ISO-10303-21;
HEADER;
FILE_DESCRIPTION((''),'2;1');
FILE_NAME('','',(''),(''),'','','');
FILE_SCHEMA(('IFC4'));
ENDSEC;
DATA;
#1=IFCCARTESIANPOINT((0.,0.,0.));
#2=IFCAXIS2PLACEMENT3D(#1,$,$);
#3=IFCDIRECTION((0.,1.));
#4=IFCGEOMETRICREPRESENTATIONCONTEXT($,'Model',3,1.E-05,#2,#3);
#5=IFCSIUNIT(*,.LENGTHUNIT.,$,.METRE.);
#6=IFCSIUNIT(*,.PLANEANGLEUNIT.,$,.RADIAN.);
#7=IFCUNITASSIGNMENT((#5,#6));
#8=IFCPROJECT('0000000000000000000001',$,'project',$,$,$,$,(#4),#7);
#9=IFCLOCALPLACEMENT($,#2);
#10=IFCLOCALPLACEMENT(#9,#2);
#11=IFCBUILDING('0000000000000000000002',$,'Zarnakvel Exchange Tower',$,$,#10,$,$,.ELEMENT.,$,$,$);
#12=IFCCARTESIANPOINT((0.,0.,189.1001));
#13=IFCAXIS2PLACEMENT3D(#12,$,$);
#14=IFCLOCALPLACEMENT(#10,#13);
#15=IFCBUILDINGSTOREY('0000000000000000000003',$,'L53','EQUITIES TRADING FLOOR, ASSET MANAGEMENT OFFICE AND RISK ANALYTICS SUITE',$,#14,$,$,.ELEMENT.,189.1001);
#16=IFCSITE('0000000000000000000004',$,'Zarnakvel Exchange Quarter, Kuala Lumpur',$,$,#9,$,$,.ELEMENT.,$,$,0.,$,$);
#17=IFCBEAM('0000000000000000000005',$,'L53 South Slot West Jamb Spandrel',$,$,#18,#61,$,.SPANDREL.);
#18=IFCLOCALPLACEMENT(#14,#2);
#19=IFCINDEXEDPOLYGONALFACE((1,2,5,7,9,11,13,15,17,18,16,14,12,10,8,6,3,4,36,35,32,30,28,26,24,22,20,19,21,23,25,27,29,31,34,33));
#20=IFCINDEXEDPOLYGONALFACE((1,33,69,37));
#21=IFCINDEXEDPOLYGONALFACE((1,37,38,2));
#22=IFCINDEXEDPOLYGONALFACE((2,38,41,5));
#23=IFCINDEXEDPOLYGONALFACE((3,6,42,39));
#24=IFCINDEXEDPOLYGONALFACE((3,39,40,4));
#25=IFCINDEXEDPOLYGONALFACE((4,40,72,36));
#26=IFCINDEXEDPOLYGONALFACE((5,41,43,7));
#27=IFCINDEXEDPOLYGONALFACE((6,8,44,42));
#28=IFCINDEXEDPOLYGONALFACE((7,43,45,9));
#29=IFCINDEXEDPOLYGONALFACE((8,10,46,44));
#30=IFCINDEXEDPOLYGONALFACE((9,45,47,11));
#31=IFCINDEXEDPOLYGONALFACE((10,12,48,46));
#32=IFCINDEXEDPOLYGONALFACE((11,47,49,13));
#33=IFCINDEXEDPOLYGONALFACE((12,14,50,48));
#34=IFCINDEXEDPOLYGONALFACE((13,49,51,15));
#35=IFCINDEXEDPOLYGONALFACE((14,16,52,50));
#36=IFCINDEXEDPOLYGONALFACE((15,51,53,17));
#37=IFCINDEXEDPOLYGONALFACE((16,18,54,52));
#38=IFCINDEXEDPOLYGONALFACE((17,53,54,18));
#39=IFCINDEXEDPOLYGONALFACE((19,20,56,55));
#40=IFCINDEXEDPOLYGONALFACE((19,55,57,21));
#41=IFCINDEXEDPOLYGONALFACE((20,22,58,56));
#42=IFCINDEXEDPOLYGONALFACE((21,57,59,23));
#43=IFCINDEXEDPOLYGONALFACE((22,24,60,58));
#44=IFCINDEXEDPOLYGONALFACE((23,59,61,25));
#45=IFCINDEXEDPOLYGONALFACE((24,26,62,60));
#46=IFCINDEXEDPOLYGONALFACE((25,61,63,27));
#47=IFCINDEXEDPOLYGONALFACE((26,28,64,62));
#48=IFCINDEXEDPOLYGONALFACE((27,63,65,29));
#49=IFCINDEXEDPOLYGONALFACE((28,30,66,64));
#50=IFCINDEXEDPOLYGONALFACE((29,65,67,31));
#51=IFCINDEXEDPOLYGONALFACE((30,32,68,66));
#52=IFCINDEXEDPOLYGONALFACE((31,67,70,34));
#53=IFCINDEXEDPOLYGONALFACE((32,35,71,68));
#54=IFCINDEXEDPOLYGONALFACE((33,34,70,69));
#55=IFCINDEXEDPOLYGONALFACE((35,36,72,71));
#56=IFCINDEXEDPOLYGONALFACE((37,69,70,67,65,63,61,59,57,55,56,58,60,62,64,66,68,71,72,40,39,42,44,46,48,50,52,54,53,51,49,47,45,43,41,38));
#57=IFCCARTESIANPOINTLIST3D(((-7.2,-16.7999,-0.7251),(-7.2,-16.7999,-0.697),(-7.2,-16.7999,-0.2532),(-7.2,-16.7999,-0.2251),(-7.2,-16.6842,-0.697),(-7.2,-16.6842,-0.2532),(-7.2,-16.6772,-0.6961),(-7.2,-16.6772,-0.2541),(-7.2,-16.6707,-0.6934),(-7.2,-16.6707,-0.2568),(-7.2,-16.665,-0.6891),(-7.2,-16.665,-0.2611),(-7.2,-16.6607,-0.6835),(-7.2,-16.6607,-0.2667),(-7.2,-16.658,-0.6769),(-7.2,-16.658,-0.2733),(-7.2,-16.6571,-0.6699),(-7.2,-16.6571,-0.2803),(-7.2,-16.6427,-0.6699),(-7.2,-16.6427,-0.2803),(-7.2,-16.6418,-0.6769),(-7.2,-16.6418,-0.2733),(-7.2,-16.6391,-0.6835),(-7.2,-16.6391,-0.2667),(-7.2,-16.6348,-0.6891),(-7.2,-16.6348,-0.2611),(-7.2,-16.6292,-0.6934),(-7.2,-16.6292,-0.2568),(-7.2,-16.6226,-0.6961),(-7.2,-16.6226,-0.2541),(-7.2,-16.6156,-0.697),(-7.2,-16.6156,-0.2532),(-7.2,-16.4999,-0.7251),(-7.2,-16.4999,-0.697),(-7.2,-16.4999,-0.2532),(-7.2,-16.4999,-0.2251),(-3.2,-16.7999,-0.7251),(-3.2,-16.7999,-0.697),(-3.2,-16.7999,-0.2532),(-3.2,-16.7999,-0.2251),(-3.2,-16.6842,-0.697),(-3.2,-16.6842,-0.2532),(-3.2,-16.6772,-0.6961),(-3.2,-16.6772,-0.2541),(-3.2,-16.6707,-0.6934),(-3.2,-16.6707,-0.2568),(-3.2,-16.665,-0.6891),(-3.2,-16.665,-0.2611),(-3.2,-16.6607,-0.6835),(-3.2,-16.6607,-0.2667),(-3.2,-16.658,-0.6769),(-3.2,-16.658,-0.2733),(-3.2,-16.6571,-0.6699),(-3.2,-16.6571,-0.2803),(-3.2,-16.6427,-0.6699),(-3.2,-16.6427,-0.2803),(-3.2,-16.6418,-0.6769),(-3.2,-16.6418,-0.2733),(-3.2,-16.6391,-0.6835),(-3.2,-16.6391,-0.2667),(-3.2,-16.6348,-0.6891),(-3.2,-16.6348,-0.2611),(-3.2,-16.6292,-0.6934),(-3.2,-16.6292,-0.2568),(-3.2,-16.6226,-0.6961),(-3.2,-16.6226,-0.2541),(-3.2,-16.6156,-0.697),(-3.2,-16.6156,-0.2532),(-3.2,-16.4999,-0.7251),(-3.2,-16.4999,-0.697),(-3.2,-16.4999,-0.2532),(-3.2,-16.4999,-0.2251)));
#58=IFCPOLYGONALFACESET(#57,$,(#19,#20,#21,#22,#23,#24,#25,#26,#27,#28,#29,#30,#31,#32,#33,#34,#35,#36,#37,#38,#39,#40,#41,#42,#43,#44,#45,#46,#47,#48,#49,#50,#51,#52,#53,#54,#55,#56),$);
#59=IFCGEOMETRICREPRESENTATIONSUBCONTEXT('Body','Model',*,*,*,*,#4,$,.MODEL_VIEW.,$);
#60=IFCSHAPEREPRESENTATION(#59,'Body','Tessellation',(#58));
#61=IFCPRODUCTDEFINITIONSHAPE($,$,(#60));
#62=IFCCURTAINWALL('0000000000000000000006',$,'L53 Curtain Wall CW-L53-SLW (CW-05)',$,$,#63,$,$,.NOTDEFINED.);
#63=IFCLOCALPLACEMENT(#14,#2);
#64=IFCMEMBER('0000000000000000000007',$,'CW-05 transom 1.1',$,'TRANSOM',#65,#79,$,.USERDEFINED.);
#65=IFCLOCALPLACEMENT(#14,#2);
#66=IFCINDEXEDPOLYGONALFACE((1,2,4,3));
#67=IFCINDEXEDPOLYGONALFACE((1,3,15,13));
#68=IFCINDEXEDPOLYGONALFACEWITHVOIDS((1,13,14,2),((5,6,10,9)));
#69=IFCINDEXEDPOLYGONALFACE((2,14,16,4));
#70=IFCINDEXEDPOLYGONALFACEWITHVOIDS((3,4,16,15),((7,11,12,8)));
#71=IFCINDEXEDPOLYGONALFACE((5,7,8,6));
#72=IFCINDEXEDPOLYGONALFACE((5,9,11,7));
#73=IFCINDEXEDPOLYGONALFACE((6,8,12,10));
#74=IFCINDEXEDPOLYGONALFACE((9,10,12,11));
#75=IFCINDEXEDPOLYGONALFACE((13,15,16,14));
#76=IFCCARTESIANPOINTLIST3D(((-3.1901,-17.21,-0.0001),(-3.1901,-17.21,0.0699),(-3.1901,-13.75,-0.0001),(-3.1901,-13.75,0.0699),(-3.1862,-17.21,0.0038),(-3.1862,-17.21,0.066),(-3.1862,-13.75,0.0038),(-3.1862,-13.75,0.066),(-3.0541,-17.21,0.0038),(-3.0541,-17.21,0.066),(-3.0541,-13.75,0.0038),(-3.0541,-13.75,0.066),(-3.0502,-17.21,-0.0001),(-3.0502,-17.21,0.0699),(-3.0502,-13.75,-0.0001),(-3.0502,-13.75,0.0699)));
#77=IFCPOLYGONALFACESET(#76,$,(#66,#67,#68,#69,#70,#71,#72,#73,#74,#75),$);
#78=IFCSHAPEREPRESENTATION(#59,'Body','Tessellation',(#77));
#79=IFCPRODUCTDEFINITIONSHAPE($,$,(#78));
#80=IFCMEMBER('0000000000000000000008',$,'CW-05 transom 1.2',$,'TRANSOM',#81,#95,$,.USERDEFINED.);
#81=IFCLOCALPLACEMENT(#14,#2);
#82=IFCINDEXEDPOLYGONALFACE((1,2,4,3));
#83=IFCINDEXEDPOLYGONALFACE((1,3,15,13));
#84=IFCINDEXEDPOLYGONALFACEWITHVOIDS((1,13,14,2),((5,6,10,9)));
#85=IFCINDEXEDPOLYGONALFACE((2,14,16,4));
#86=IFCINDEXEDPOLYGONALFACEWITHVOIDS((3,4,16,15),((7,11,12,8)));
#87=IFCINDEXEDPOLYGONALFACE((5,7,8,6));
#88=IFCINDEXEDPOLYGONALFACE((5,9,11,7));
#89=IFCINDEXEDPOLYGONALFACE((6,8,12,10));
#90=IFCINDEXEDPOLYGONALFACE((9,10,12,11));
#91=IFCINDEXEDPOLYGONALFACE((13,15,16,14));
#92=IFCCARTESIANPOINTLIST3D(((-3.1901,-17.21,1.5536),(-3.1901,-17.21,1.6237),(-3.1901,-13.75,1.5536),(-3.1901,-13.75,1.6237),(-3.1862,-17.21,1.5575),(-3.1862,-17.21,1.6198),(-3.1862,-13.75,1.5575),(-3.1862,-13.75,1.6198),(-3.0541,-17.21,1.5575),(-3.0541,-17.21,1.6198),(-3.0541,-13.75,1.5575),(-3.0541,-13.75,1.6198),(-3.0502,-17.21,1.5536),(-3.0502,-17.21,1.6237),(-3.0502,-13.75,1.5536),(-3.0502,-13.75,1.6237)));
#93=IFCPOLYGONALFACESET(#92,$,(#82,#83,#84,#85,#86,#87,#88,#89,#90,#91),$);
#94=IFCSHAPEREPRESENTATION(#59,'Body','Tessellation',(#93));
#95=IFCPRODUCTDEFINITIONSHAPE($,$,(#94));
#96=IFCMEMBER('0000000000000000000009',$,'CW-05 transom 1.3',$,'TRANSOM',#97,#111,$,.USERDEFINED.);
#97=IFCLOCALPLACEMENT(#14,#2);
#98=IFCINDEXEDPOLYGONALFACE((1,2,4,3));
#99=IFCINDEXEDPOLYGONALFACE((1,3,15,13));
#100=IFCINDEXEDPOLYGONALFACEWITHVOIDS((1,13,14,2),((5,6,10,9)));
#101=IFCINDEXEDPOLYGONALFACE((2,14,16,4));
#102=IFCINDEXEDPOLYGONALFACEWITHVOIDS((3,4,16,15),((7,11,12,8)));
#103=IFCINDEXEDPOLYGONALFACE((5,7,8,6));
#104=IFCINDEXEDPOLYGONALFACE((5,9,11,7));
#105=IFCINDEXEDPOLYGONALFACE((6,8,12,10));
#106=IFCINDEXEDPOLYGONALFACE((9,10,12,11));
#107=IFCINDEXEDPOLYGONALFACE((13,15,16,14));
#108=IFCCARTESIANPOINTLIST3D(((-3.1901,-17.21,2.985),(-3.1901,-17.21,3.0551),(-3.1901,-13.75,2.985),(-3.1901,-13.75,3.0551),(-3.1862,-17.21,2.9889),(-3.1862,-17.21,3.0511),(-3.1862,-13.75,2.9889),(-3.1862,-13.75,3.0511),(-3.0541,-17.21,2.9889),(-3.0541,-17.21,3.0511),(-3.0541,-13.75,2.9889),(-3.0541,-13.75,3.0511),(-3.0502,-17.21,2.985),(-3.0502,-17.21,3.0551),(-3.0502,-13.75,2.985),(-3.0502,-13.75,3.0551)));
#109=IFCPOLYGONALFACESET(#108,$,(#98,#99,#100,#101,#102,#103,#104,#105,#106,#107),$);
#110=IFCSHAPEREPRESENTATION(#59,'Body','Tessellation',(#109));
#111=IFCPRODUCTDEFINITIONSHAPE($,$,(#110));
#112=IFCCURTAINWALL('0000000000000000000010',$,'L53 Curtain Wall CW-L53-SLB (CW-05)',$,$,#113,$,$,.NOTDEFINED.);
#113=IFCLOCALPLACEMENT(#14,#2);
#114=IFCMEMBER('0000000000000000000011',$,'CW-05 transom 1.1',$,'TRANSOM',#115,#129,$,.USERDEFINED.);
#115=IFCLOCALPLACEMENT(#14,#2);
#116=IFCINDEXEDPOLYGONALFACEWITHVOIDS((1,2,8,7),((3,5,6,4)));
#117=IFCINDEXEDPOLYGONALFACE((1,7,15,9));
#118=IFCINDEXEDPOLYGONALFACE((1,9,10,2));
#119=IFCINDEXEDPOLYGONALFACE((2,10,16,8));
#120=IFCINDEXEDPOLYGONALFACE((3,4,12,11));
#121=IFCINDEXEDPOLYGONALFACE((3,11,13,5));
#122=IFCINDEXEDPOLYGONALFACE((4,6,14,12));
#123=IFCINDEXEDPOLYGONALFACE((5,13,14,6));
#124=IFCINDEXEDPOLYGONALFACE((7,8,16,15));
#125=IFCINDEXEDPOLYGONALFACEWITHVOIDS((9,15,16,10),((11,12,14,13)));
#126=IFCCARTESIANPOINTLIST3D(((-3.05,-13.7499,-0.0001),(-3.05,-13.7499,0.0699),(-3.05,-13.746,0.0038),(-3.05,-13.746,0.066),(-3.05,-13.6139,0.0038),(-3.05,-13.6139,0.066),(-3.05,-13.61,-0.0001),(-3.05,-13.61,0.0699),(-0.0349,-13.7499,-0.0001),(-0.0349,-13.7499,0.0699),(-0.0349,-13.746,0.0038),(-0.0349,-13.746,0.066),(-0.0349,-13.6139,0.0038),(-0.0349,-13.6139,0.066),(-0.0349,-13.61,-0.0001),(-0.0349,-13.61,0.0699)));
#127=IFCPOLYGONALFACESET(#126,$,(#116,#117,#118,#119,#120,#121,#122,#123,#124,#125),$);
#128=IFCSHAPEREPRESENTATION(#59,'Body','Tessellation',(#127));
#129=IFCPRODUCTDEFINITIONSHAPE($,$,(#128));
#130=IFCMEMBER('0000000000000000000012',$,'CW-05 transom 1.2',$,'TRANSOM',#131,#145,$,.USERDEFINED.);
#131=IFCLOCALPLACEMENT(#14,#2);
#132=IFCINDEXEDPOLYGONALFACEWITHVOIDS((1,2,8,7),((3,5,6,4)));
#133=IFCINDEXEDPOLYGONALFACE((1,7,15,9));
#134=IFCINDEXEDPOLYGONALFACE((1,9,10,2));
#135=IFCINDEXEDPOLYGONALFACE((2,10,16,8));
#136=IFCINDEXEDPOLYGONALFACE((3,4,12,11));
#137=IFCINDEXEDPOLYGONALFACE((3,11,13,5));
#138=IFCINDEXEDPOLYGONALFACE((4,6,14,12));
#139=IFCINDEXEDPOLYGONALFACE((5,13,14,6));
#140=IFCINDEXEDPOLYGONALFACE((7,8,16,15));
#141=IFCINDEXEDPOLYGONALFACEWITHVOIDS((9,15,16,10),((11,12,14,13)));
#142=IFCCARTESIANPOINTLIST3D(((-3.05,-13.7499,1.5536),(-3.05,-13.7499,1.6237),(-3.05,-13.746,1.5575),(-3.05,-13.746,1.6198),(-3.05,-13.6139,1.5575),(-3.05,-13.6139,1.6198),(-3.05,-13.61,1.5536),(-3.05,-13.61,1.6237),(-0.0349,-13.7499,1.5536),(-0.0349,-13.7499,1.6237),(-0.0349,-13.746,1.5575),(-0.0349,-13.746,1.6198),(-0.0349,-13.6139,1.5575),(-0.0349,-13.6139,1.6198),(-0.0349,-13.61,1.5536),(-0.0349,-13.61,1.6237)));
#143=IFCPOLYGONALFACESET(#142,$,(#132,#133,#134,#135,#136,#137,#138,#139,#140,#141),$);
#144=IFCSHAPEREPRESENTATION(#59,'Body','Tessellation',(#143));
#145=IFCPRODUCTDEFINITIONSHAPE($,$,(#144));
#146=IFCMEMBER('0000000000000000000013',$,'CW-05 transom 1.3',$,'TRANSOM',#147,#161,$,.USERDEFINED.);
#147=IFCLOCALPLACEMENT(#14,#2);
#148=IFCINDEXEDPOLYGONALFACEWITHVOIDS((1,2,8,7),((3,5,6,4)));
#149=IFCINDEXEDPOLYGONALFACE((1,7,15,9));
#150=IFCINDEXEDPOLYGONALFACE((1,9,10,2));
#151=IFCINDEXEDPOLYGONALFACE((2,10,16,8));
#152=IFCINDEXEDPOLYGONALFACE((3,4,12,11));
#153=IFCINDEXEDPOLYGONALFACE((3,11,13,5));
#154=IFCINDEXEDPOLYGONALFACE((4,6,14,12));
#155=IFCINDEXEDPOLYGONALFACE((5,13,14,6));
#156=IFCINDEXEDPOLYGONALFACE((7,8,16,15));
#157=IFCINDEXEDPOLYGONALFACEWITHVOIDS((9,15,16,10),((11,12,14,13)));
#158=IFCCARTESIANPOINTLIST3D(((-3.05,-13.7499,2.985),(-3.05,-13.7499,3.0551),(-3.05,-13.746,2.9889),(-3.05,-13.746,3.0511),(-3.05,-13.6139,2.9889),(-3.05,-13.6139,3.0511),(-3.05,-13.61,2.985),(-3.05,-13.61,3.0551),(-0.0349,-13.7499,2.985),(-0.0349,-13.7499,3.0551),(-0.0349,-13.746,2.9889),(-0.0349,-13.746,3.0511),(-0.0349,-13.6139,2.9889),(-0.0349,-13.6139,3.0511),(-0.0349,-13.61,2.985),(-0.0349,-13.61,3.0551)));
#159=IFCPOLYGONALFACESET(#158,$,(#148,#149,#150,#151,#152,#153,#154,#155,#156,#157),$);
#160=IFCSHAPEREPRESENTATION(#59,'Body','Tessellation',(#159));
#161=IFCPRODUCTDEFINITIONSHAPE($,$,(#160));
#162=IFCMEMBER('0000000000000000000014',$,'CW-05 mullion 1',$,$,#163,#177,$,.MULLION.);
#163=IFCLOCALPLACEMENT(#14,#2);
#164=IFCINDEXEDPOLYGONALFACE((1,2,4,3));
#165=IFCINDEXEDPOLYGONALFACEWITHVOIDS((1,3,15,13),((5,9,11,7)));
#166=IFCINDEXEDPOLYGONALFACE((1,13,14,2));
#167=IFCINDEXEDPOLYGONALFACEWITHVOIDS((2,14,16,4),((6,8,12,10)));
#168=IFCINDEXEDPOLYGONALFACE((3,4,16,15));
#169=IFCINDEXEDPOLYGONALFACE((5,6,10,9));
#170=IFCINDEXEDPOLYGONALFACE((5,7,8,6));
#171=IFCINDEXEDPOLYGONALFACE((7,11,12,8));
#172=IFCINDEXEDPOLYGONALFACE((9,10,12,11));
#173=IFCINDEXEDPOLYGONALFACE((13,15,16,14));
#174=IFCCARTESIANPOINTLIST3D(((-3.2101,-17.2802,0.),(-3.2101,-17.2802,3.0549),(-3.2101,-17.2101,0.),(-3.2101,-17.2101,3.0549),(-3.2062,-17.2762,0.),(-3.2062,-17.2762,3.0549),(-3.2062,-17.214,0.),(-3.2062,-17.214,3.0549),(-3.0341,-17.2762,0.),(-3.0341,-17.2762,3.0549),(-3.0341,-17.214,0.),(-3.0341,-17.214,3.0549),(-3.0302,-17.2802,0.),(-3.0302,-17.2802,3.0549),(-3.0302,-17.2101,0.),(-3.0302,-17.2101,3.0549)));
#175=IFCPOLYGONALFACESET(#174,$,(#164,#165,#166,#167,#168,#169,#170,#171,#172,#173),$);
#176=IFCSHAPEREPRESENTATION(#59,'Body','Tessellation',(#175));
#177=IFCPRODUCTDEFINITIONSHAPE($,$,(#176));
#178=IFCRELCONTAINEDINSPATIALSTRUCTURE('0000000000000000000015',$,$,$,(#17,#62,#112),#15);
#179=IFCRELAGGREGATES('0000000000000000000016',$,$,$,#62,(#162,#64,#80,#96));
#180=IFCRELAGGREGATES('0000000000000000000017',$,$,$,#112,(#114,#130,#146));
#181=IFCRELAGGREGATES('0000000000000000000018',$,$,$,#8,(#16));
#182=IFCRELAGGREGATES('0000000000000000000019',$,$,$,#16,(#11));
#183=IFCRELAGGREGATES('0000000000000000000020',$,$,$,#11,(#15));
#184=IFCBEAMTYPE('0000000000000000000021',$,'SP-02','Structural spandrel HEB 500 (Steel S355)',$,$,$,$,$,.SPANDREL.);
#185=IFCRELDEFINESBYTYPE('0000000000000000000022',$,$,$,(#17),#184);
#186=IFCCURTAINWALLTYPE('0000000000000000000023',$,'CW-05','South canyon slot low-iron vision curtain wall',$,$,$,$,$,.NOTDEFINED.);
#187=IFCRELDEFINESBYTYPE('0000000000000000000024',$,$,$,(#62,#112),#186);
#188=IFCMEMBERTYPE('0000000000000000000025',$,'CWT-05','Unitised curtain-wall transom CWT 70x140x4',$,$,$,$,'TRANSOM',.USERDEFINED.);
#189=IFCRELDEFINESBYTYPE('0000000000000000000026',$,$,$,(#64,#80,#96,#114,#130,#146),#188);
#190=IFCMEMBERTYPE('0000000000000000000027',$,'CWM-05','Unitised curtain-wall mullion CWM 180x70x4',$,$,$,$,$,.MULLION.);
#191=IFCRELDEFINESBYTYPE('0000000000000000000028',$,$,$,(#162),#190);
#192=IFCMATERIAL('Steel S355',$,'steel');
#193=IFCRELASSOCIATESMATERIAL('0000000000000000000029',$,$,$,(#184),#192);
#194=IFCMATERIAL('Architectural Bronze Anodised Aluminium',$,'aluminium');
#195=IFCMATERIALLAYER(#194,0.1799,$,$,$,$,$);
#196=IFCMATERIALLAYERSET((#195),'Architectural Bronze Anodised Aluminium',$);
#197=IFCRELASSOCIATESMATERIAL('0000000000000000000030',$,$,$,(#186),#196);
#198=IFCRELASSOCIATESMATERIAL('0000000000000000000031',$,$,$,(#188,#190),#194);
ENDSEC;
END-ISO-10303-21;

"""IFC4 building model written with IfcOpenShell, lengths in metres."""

from ifc_helpers import new_model, si_unit, direction, frame, origin, origin_2d, place, context, subcontext, project, spatial, hollow_rectangle, i_section, extrude, source, transform, mapped, material, layer, layer_set, material_profile, profile_set, type_object, element, aggregate, save


model = new_model("IFC4")

# Units and contexts
model_context = context("Model", 3, precision=1e-05, world=origin(), true_north=direction((0.0, 1.0)))
body_context = subcontext(model_context, "Body", "Model", "MODEL_VIEW")
ifc_project = project(units=[si_unit("LENGTHUNIT", "METRE"), si_unit("PLANEANGLEUNIT", "RADIAN")], contexts=[model_context])

# Site, building, storey
site_placement = place(None, origin())
site = spatial("IfcSite", under=ifc_project, at=site_placement, Name="Zarnakvel Exchange Quarter, Kuala Lumpur", CompositionType="ELEMENT", RefElevation=0.0)
building_placement = place(site_placement, origin())
building = spatial("IfcBuilding", under=site, at=building_placement, Name="Zarnakvel Exchange Tower", CompositionType="ELEMENT")
storey_placement = place(building_placement, frame((0.0, 0.0, 189.1001)))
storey = spatial("IfcBuildingStorey", under=building, at=storey_placement, Name="L53", Description="EQUITIES TRADING FLOOR, ASSET MANAGEMENT OFFICE AND RISK ANALYTICS SUITE", CompositionType="ELEMENT", Elevation=189.1001)

# Beam
ifc_material_1 = material(Name="Steel S355", Category="steel")
ifc_material_profile_1 = material_profile(ifc_material_1, i_section(OverallWidth=0.3, OverallDepth=0.5, WebThickness=0.0144, FlangeThickness=0.0281, FilletRadius=0.0271, at=origin_2d()))
ifc_profile_set_1 = profile_set([ifc_material_profile_1], Name="Steel S355")
beam_type_1 = type_object("IfcBeamType", Name="SP-02", Description="Structural spandrel HEB 500 (Steel S355)", PredefinedType="SPANDREL", material=ifc_profile_set_1)
beam_1_placement = place(storey_placement, frame((-7.2, -16.6499, -0.4751), z_axis=(1.0, 0.0, 0.0), x_axis=(0.0, 1.0, 0.0)))
element("IfcBeam", 1, at=beam_1_placement, inside=storey, type_object=beam_type_1, Name="L53 South Slot West Jamb Spandrel", PredefinedType="SPANDREL", context=body_context, shape_type="SweptSolid", body=[
    extrude(i_section(OverallWidth=0.3, OverallDepth=0.5, WebThickness=0.0144, FlangeThickness=0.0281, FilletRadius=0.0271, at=origin_2d()), origin(), (0.0, 0.0, 1.0), 4.0),
])

# Curtain walls, members
ifc_material_2 = material(Name="Architectural Bronze Anodised Aluminium", Category="aluminium")
ifc_layer_1 = layer(ifc_material_2, 0.1799)
ifc_layer_set_1 = layer_set([ifc_layer_1], Name="Architectural Bronze Anodised Aluminium")
curtain_wall_type = type_object("IfcCurtainWallType", Name="CW-05", Description="South canyon slot low-iron vision curtain wall", PredefinedType="NOTDEFINED", material=ifc_layer_set_1)
curtain_wall_1_placement = place(storey_placement, origin())
curtain_wall_1 = element("IfcCurtainWall", 2, at=curtain_wall_1_placement, inside=storey, type_object=curtain_wall_type, Name="L53 Curtain Wall CW-L53-SLW (CW-05)", PredefinedType="NOTDEFINED")
ifc_material_profile_2 = material_profile(ifc_material_2, hollow_rectangle(XDim=0.1399, YDim=0.0701, WallThickness=0.0039, at=origin_2d()))
ifc_profile_set_2 = profile_set([ifc_material_profile_2], Name="Architectural Bronze Anodised Aluminium")
member_type_1 = type_object("IfcMemberType", Name="CWT-05", Description="Unitised curtain-wall transom CWT 70x140x4", ElementType="TRANSOM", PredefinedType="USERDEFINED", material=ifc_profile_set_2)
shared_shape_1 = source(origin(), body_context, "Body", "SweptSolid", [
    extrude(hollow_rectangle(XDim=0.1399, YDim=0.0701, WallThickness=0.0039, at=origin_2d()), origin(), (0.0, 0.0, 1.0), 3.46),
])
member_1_placement = place(storey_placement, frame((-3.1201, -17.21, 0.0349), z_axis=(0.0, 1.0, 0.0), x_axis=(-1.0, 0.0, 0.0)))
member_1 = element("IfcMember", 3, at=member_1_placement, type_object=member_type_1, Name="CW-05 transom 1.1", ObjectType="TRANSOM", PredefinedType="USERDEFINED", context=body_context, shape_type="MappedRepresentation", body=[
    mapped(shared_shape_1, transform((0.0, 0.0, 0.0), x_axis=(1.0, 0.0, 0.0), y_axis=(0.0, 1.0, 0.0), z_axis=(0.0, 0.0, 1.0), scale=1.0)),
])
member_2_placement = place(storey_placement, frame((-3.1201, -17.21, 1.5886), z_axis=(0.0, 1.0, 0.0), x_axis=(-1.0, 0.0, 0.0)))
member_2 = element("IfcMember", 4, at=member_2_placement, type_object=member_type_1, Name="CW-05 transom 1.2", ObjectType="TRANSOM", PredefinedType="USERDEFINED", context=body_context, shape_type="MappedRepresentation", body=[
    mapped(shared_shape_1, transform((0.0, 0.0, 0.0), x_axis=(1.0, 0.0, 0.0), y_axis=(0.0, 1.0, 0.0), z_axis=(0.0, 0.0, 1.0), scale=1.0)),
])
member_3_placement = place(storey_placement, frame((-3.1201, -17.21, 3.02), z_axis=(0.0, 1.0, 0.0), x_axis=(-1.0, 0.0, 0.0)))
member_3 = element("IfcMember", 5, at=member_3_placement, type_object=member_type_1, Name="CW-05 transom 1.3", ObjectType="TRANSOM", PredefinedType="USERDEFINED", context=body_context, shape_type="MappedRepresentation", body=[
    mapped(shared_shape_1, transform((0.0, 0.0, 0.0), x_axis=(1.0, 0.0, 0.0), y_axis=(0.0, 1.0, 0.0), z_axis=(0.0, 0.0, 1.0), scale=1.0)),
])
curtain_wall_2_placement = place(storey_placement, origin())
curtain_wall_2 = element("IfcCurtainWall", 6, at=curtain_wall_2_placement, inside=storey, type_object=curtain_wall_type, Name="L53 Curtain Wall CW-L53-SLB (CW-05)", PredefinedType="NOTDEFINED")
shared_shape_2 = source(origin(), body_context, "Body", "SweptSolid", [
    extrude(hollow_rectangle(XDim=0.1399, YDim=0.0701, WallThickness=0.0039, at=origin_2d()), origin(), (0.0, 0.0, 1.0), 3.0151),
])
member_4_placement = place(storey_placement, frame((-3.05, -13.6799, 0.0349), z_axis=(1.0, 0.0, 0.0), x_axis=(0.0, 1.0, 0.0)))
member_4 = element("IfcMember", 7, at=member_4_placement, type_object=member_type_1, Name="CW-05 transom 1.1", ObjectType="TRANSOM", PredefinedType="USERDEFINED", context=body_context, shape_type="MappedRepresentation", body=[
    mapped(shared_shape_2, transform((0.0, 0.0, 0.0), x_axis=(1.0, 0.0, 0.0), y_axis=(0.0, 1.0, 0.0), z_axis=(0.0, 0.0, 1.0), scale=1.0)),
])
member_5_placement = place(storey_placement, frame((-3.05, -13.6799, 1.5886), z_axis=(1.0, 0.0, 0.0), x_axis=(0.0, 1.0, 0.0)))
member_5 = element("IfcMember", 8, at=member_5_placement, type_object=member_type_1, Name="CW-05 transom 1.2", ObjectType="TRANSOM", PredefinedType="USERDEFINED", context=body_context, shape_type="MappedRepresentation", body=[
    mapped(shared_shape_2, transform((0.0, 0.0, 0.0), x_axis=(1.0, 0.0, 0.0), y_axis=(0.0, 1.0, 0.0), z_axis=(0.0, 0.0, 1.0), scale=1.0)),
])
member_6_placement = place(storey_placement, frame((-3.05, -13.6799, 3.02), z_axis=(1.0, 0.0, 0.0), x_axis=(0.0, 1.0, 0.0)))
member_6 = element("IfcMember", 9, at=member_6_placement, type_object=member_type_1, Name="CW-05 transom 1.3", ObjectType="TRANSOM", PredefinedType="USERDEFINED", context=body_context, shape_type="MappedRepresentation", body=[
    mapped(shared_shape_2, transform((0.0, 0.0, 0.0), x_axis=(1.0, 0.0, 0.0), y_axis=(0.0, 1.0, 0.0), z_axis=(0.0, 0.0, 1.0), scale=1.0)),
])

# Member
ifc_material_profile_3 = material_profile(ifc_material_2, hollow_rectangle(XDim=0.1799, YDim=0.0701, WallThickness=0.0039, at=origin_2d()))
ifc_profile_set_3 = profile_set([ifc_material_profile_3], Name="Architectural Bronze Anodised Aluminium")
member_type_2 = type_object("IfcMemberType", Name="CWM-05", Description="Unitised curtain-wall mullion CWM 180x70x4", PredefinedType="MULLION", material=ifc_profile_set_3)
shared_shape_3 = source(origin(), body_context, "Body", "SweptSolid", [
    extrude(hollow_rectangle(XDim=0.1799, YDim=0.0701, WallThickness=0.0039, at=origin_2d()), origin(), (0.0, 0.0, 1.0), 3.0549),
])
member_7_placement = place(storey_placement, frame((-3.1201, -17.2451, 0.0), z_axis=(0.0, 0.0, 1.0), x_axis=(-1.0, 0.0, 0.0)))
member_7 = element("IfcMember", 10, at=member_7_placement, type_object=member_type_2, Name="CW-05 mullion 1", PredefinedType="MULLION", context=body_context, shape_type="MappedRepresentation", body=[
    mapped(shared_shape_3, transform((0.0, 0.0, 0.0), x_axis=(1.0, 0.0, 0.0), y_axis=(0.0, 1.0, 0.0), z_axis=(0.0, 0.0, 1.0), scale=1.0)),
])

aggregate(curtain_wall_1, [member_7, member_1, member_2, member_3])
aggregate(curtain_wall_2, [member_4, member_5, member_6])

save(model, "model.ifc")
